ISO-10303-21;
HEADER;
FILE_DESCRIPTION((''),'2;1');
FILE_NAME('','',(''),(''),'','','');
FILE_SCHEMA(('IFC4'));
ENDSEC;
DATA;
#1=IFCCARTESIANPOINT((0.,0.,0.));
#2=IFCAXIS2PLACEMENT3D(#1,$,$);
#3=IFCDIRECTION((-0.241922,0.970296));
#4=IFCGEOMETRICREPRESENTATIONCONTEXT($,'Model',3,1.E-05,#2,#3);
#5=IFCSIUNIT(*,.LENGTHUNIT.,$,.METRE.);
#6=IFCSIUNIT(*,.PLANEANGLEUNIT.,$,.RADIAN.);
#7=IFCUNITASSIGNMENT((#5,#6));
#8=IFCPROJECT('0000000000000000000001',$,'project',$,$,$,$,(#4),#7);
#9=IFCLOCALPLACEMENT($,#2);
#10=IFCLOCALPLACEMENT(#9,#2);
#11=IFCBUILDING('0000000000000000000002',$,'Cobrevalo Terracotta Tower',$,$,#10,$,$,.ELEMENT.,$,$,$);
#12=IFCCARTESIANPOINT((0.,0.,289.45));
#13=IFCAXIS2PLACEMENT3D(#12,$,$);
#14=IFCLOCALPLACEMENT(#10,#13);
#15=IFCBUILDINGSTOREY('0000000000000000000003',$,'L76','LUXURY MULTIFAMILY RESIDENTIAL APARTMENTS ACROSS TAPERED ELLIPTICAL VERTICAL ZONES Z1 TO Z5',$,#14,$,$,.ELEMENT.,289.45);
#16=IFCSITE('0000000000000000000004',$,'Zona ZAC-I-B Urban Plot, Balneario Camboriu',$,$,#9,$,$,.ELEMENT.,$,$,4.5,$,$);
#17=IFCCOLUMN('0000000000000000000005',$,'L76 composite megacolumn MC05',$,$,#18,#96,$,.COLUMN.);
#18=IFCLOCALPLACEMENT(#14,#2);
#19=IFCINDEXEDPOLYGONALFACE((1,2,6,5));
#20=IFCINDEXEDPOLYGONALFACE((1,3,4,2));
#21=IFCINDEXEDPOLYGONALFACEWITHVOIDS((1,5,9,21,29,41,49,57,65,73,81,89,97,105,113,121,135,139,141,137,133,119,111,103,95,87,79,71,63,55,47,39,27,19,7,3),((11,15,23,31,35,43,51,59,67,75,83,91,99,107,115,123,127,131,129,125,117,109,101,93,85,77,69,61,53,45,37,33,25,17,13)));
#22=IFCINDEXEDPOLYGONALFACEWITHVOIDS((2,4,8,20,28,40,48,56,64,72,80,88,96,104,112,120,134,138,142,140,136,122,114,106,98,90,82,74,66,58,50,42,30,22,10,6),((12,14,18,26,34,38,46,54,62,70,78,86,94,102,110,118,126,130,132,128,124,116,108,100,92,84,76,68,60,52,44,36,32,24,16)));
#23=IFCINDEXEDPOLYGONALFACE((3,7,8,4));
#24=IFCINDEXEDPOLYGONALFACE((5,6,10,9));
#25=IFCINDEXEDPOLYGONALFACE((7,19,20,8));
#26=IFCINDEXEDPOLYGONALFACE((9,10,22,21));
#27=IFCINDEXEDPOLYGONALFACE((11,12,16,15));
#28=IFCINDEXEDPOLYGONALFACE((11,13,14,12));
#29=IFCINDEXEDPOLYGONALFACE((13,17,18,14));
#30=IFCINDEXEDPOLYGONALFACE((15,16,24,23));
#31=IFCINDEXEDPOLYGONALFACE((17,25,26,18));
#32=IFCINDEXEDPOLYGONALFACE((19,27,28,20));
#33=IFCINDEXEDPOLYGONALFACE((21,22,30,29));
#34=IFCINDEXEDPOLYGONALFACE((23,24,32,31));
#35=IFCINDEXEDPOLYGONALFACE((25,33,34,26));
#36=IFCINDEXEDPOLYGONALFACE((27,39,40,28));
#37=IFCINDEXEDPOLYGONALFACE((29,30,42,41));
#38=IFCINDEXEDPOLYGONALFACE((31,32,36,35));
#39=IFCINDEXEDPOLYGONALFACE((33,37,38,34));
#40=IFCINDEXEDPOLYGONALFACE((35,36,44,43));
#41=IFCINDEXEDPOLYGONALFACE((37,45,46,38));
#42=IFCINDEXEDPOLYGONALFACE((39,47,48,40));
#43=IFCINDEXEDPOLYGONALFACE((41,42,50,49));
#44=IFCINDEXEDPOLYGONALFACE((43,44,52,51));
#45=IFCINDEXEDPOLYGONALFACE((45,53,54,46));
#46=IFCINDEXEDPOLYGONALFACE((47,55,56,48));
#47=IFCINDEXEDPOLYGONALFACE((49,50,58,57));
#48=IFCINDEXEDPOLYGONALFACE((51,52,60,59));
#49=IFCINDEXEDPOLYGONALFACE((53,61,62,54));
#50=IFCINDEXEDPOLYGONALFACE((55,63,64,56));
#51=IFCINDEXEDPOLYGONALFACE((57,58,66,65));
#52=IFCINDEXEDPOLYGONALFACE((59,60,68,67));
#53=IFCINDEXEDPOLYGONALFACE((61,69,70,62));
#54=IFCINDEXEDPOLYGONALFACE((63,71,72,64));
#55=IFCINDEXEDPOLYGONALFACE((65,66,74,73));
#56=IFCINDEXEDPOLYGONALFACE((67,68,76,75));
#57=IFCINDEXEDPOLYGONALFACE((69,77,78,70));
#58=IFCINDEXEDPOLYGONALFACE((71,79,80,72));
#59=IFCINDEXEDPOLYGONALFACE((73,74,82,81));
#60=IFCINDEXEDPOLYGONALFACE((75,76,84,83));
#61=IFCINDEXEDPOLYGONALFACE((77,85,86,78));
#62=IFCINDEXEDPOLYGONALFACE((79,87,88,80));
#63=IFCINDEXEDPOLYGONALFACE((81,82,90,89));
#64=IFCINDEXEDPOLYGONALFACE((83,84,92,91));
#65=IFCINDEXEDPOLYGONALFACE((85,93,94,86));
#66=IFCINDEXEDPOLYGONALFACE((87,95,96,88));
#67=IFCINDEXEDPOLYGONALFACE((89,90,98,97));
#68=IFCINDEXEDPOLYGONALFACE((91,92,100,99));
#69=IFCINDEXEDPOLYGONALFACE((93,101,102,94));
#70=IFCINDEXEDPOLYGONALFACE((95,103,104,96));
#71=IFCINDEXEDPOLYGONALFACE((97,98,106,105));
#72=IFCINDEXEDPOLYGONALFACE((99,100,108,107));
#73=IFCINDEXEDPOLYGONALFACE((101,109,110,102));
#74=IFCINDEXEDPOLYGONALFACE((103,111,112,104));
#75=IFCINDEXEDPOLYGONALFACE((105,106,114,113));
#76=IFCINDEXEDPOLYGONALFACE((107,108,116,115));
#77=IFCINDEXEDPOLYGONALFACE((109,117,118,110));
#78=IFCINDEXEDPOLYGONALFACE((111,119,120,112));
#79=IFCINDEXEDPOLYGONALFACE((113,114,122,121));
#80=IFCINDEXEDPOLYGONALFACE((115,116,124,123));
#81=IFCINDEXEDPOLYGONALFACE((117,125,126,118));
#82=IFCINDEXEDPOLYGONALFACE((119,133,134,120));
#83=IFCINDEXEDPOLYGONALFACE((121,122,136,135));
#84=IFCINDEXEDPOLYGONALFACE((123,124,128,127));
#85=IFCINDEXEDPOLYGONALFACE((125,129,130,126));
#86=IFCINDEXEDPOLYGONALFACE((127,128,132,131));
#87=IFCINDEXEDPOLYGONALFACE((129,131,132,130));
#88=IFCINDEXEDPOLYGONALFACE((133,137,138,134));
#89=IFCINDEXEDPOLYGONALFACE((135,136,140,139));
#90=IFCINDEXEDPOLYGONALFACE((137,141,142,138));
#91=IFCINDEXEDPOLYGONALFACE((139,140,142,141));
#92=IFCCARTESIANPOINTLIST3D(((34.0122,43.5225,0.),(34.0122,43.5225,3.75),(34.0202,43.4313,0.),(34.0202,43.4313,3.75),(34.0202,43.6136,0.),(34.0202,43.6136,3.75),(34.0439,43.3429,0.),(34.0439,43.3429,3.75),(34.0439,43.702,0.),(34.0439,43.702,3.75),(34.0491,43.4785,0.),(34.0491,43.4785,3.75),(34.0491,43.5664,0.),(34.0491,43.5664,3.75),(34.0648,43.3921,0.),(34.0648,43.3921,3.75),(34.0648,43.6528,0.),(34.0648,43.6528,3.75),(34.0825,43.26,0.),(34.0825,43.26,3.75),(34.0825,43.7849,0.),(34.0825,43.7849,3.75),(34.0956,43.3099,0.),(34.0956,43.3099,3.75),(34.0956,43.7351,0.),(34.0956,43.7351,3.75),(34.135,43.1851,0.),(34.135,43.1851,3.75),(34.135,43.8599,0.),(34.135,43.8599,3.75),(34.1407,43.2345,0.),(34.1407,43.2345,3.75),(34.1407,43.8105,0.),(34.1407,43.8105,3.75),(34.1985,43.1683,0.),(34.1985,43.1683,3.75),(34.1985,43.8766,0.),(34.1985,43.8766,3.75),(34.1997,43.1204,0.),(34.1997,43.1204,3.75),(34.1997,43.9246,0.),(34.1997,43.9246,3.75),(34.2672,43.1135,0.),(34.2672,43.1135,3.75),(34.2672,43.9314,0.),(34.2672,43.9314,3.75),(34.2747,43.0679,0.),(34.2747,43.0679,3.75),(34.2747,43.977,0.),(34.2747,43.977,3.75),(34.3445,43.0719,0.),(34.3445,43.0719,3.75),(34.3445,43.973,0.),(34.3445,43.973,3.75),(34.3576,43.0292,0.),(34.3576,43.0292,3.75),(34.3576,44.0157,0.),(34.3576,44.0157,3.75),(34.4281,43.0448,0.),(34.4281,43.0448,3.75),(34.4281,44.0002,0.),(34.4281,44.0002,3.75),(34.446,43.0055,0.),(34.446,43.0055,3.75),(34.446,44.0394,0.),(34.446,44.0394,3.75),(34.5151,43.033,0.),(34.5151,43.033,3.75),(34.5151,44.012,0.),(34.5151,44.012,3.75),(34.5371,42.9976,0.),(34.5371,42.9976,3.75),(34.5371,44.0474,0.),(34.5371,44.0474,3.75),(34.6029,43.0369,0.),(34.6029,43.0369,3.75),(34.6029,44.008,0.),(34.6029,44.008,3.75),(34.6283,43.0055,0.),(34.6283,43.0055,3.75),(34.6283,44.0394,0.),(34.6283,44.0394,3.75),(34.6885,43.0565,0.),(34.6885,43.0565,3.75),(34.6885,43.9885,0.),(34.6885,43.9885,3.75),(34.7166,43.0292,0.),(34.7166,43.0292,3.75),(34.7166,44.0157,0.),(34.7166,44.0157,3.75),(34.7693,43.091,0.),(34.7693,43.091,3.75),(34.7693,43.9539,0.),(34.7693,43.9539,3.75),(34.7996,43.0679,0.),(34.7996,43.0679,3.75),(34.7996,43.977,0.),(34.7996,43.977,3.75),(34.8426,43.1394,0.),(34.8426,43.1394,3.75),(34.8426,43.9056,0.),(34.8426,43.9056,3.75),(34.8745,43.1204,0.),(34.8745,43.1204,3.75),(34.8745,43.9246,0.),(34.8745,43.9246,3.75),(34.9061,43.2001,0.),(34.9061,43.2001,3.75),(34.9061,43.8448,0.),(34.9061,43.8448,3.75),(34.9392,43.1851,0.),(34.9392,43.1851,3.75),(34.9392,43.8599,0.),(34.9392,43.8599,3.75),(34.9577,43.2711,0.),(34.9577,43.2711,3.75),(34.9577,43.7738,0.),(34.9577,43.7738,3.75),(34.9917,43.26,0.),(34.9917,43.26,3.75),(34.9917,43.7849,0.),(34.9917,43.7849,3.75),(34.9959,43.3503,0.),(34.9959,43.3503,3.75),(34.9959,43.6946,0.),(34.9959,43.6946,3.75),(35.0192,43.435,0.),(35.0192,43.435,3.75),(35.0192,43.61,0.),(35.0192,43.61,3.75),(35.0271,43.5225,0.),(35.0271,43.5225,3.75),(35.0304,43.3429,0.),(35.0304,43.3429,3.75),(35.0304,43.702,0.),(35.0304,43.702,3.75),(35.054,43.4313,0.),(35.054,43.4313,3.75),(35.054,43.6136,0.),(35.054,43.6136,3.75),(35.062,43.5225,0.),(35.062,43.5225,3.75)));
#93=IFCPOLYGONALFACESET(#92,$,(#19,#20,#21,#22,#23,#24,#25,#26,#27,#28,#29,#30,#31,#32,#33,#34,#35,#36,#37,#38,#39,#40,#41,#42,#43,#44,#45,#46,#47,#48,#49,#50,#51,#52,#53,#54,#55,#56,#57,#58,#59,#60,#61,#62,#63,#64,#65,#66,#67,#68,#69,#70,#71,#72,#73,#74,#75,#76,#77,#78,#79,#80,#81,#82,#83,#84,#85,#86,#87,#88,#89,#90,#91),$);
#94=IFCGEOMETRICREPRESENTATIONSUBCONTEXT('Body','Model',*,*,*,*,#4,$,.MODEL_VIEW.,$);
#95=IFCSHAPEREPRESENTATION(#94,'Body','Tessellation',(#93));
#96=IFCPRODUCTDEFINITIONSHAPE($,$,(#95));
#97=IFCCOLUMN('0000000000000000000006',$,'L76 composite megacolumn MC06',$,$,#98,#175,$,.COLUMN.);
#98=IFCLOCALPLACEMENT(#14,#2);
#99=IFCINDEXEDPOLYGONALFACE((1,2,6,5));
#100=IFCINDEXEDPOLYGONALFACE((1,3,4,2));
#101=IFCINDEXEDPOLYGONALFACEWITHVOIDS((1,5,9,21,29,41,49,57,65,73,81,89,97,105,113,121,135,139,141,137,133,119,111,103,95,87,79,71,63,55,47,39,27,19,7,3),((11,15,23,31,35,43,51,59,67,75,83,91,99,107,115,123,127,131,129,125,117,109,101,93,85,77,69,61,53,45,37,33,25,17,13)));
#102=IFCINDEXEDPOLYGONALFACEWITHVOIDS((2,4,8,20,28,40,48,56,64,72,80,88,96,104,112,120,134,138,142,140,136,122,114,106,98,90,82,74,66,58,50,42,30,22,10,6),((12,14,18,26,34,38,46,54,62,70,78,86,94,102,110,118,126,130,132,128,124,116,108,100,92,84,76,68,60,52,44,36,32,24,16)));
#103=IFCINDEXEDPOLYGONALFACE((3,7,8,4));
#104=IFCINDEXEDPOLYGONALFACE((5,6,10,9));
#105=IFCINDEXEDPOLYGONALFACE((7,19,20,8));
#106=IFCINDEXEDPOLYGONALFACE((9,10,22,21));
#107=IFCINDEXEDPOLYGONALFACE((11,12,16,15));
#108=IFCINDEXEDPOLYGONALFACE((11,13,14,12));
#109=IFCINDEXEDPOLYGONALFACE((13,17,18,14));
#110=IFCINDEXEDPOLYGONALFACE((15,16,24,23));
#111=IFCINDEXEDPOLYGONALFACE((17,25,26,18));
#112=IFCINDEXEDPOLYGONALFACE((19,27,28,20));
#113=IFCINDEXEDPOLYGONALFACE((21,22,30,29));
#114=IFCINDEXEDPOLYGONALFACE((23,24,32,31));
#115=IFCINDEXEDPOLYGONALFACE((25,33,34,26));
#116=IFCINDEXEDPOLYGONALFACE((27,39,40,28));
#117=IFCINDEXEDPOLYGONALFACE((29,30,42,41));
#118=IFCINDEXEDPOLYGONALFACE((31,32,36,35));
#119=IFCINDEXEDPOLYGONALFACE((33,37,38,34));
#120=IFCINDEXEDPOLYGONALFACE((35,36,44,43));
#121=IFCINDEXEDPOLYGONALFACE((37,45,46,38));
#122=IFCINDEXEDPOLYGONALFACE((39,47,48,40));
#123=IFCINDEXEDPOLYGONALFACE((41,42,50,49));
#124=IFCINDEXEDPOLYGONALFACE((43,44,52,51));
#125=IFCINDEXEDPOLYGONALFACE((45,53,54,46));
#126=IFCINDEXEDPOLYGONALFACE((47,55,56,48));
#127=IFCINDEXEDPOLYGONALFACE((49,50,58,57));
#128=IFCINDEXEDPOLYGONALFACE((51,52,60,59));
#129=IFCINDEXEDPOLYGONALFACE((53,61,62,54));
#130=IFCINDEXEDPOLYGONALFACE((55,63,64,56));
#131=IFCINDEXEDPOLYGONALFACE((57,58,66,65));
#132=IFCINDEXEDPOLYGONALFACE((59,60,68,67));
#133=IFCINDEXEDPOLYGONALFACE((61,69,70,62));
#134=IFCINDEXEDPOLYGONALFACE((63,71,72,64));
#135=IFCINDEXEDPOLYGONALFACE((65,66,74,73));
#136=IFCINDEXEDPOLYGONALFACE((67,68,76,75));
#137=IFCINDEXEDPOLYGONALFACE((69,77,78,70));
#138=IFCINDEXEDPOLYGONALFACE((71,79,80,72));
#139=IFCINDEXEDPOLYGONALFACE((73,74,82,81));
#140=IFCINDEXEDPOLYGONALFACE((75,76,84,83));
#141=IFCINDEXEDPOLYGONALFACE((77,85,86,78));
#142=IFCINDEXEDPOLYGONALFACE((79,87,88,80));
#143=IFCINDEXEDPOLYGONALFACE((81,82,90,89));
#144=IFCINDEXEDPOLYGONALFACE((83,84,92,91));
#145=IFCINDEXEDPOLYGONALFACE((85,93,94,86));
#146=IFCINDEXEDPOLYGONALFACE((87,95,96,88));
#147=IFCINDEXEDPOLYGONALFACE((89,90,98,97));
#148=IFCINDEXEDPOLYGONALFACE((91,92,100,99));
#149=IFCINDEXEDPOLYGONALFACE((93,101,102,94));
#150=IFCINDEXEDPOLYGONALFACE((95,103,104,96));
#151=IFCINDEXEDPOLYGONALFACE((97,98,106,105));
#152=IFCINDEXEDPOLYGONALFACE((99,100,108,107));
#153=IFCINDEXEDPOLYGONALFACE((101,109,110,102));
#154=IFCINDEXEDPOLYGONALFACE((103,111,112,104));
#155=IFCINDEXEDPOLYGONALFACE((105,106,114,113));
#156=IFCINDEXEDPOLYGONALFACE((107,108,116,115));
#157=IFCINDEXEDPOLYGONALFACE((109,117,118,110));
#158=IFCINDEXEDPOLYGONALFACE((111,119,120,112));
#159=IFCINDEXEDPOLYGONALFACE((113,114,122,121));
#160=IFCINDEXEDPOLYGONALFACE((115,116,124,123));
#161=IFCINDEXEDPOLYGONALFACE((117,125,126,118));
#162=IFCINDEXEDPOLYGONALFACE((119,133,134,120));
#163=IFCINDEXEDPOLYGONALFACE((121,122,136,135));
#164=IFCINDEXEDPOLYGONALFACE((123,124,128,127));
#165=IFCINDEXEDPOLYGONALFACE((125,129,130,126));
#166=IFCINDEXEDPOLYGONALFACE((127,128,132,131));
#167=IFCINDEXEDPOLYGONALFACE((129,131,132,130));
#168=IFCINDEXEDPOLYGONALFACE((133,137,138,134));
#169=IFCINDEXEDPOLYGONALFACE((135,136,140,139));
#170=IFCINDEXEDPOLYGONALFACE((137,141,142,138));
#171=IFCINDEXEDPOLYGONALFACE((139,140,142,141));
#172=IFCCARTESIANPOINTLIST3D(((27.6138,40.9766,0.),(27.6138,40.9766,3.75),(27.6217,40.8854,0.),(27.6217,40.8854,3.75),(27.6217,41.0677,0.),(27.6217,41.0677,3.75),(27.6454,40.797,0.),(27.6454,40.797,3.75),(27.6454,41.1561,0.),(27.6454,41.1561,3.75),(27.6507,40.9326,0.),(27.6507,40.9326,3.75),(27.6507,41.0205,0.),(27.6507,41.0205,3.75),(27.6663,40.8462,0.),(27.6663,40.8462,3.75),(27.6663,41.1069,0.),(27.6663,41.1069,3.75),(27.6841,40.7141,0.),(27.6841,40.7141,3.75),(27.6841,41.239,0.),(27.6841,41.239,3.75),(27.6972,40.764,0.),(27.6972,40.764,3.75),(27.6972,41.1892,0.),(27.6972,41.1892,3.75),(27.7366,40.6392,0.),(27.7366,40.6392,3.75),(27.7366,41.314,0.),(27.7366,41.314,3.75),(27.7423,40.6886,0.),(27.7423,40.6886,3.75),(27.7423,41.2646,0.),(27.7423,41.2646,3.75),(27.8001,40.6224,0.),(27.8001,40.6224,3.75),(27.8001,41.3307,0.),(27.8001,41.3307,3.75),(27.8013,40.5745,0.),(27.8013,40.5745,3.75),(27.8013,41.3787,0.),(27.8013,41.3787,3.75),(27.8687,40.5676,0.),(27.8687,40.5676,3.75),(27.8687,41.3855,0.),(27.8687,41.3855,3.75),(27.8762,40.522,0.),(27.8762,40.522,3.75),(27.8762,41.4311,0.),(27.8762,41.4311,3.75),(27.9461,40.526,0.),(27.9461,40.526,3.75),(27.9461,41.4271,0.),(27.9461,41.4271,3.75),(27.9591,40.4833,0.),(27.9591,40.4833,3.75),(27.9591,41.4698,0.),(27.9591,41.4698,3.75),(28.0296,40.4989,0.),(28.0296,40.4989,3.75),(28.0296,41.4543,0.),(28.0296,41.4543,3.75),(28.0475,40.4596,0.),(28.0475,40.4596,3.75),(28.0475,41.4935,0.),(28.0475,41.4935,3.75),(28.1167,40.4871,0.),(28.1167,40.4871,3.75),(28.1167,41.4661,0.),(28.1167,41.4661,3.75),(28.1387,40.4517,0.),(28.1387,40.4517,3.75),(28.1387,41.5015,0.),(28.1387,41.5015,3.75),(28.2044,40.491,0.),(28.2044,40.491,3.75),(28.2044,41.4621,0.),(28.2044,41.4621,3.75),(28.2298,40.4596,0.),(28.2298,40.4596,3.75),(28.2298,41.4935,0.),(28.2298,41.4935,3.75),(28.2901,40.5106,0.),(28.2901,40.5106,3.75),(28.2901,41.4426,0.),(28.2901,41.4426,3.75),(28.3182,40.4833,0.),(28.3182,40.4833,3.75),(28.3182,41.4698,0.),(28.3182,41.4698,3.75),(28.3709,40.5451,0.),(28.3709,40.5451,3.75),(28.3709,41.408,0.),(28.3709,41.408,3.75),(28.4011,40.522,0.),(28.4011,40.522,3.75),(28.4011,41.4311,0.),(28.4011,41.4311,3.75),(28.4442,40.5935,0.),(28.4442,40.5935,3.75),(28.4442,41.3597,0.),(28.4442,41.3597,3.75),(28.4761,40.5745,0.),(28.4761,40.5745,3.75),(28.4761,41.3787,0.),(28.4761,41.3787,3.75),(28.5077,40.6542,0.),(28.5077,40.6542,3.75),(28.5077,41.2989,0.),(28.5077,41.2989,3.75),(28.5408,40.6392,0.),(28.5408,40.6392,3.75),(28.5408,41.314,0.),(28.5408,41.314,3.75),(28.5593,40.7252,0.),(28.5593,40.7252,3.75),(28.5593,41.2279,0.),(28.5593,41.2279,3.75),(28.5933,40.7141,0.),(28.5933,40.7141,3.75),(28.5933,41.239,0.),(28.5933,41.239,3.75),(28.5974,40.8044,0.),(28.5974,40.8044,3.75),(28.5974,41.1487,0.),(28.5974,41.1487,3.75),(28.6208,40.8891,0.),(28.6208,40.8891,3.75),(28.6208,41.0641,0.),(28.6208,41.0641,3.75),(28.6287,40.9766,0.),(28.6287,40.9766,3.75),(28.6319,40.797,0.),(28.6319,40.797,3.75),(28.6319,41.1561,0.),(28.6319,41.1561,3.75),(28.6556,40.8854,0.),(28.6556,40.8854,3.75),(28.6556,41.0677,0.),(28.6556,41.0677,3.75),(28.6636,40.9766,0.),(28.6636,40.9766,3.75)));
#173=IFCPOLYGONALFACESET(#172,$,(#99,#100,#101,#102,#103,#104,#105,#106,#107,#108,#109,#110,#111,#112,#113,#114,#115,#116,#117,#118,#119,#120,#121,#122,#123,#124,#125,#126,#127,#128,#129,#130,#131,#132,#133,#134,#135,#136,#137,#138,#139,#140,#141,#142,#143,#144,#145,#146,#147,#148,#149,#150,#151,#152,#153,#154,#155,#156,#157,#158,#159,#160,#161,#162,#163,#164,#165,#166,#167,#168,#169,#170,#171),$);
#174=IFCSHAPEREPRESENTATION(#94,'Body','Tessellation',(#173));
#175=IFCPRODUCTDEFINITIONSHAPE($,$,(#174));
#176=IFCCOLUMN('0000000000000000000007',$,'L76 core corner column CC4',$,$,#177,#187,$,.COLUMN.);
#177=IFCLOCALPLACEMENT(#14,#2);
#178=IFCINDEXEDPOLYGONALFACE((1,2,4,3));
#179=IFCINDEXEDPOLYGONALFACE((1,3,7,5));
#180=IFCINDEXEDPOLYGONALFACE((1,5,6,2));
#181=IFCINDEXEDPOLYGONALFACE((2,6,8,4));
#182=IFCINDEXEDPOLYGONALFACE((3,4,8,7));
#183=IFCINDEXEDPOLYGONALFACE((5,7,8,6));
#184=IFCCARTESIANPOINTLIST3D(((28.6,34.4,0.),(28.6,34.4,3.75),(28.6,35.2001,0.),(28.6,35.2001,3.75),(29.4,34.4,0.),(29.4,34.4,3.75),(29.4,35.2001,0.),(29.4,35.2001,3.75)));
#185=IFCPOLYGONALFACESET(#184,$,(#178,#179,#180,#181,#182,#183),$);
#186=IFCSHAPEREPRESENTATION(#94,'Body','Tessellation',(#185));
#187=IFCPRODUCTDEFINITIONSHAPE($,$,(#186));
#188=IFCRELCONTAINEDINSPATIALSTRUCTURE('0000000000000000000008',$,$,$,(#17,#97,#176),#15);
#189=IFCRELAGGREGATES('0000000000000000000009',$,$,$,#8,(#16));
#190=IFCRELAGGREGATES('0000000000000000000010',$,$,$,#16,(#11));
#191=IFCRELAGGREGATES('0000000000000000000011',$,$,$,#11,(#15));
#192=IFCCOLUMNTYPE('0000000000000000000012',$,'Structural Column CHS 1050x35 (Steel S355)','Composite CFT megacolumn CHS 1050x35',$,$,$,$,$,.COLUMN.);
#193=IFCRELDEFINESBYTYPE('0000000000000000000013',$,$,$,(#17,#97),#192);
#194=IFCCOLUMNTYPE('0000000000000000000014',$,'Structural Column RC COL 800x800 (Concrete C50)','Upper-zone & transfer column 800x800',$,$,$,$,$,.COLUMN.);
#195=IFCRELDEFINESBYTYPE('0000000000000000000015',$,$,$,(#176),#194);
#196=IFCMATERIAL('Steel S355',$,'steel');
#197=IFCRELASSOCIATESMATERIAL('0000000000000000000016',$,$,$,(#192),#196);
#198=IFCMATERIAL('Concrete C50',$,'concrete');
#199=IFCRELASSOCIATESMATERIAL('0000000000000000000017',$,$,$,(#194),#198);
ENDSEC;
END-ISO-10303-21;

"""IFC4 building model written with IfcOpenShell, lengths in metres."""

from ifc_helpers import new_model, si_unit, direction, frame, origin, origin_2d, place, context, subcontext, project, spatial, rectangle, hollow_circle, extrude, material, material_profile, profile_set, type_object, element, save


model = new_model("IFC4")

# Units and contexts
model_context = context("Model", 3, precision=1e-05, world=origin(), true_north=direction((-0.241922, 0.970296)))
body_context = subcontext(model_context, "Body", "Model", "MODEL_VIEW")
ifc_project = project(units=[si_unit("LENGTHUNIT", "METRE"), si_unit("PLANEANGLEUNIT", "RADIAN")], contexts=[model_context])

# Site, building, storey
site_placement = place(None, origin())
site = spatial("IfcSite", under=ifc_project, at=site_placement, Name="Zona ZAC-I-B Urban Plot, Balneario Camboriu", CompositionType="ELEMENT", RefElevation=4.5)
building_placement = place(site_placement, origin())
building = spatial("IfcBuilding", under=site, at=building_placement, Name="Cobrevalo Terracotta Tower", CompositionType="ELEMENT")
storey_placement = place(building_placement, frame((0.0, 0.0, 289.45)))
storey = spatial("IfcBuildingStorey", under=building, at=storey_placement, Name="L76", Description="LUXURY MULTIFAMILY RESIDENTIAL APARTMENTS ACROSS TAPERED ELLIPTICAL VERTICAL ZONES Z1 TO Z5", CompositionType="ELEMENT", Elevation=289.45)

# Columns
ifc_material_1 = material(Name="Steel S355", Category="steel")
ifc_material_profile_1 = material_profile(ifc_material_1, hollow_circle(Radius=0.5249, WallThickness=0.0349, at=origin_2d()), Name="CHS 1050x35")
ifc_profile_set_1 = profile_set([ifc_material_profile_1], Name="Steel S355")
column_type_1 = type_object("IfcColumnType", Name="Structural Column CHS 1050x35 (Steel S355)", Description="Composite CFT megacolumn CHS 1050x35", PredefinedType="COLUMN", material=ifc_profile_set_1)
for number, where, z_axis, x_axis, name in (
    (1, (34.5371, 43.5225, 0.0), (0.0, 0.0, 1.0), (1.0, 0.0, 0.0), "L76 composite megacolumn MC05"),
    (2, (28.1387, 40.9766, 0.0), (0.0, 0.0, 1.0), (1.0, 0.0, 0.0), "L76 composite megacolumn MC06"),
):
    element("IfcColumn", number, at=place(storey_placement, frame(where, z_axis=z_axis, x_axis=x_axis)), inside=storey, type_object=column_type_1, Name=name, PredefinedType="COLUMN", context=body_context, shape_type="SweptSolid", body=[
        extrude(hollow_circle(Radius=0.5249, WallThickness=0.0349, at=origin_2d()), origin(), (0.0, 0.0, 1.0), 3.75),
    ])
ifc_material_2 = material(Name="Concrete C50", Category="concrete")
ifc_material_profile_2 = material_profile(ifc_material_2, rectangle(XDim=0.8, YDim=0.8, at=origin_2d()), Name="RC COL 800x800")
ifc_profile_set_2 = profile_set([ifc_material_profile_2], Name="Concrete C50")
column_type_2 = type_object("IfcColumnType", Name="Structural Column RC COL 800x800 (Concrete C50)", Description="Upper-zone & transfer column 800x800", PredefinedType="COLUMN", material=ifc_profile_set_2)
column_placement = place(storey_placement, frame((29.0, 34.8, 0.0), z_axis=(0.0, 0.0, 1.0), x_axis=(1.0, 0.0, 0.0)))
element("IfcColumn", 3, at=column_placement, inside=storey, type_object=column_type_2, Name="L76 core corner column CC4", PredefinedType="COLUMN", context=body_context, shape_type="SweptSolid", body=[
    extrude(rectangle(XDim=0.8, YDim=0.8, at=origin_2d()), origin(), (0.0, 0.0, 1.0), 3.75),
])

save(model, "model.ifc")
